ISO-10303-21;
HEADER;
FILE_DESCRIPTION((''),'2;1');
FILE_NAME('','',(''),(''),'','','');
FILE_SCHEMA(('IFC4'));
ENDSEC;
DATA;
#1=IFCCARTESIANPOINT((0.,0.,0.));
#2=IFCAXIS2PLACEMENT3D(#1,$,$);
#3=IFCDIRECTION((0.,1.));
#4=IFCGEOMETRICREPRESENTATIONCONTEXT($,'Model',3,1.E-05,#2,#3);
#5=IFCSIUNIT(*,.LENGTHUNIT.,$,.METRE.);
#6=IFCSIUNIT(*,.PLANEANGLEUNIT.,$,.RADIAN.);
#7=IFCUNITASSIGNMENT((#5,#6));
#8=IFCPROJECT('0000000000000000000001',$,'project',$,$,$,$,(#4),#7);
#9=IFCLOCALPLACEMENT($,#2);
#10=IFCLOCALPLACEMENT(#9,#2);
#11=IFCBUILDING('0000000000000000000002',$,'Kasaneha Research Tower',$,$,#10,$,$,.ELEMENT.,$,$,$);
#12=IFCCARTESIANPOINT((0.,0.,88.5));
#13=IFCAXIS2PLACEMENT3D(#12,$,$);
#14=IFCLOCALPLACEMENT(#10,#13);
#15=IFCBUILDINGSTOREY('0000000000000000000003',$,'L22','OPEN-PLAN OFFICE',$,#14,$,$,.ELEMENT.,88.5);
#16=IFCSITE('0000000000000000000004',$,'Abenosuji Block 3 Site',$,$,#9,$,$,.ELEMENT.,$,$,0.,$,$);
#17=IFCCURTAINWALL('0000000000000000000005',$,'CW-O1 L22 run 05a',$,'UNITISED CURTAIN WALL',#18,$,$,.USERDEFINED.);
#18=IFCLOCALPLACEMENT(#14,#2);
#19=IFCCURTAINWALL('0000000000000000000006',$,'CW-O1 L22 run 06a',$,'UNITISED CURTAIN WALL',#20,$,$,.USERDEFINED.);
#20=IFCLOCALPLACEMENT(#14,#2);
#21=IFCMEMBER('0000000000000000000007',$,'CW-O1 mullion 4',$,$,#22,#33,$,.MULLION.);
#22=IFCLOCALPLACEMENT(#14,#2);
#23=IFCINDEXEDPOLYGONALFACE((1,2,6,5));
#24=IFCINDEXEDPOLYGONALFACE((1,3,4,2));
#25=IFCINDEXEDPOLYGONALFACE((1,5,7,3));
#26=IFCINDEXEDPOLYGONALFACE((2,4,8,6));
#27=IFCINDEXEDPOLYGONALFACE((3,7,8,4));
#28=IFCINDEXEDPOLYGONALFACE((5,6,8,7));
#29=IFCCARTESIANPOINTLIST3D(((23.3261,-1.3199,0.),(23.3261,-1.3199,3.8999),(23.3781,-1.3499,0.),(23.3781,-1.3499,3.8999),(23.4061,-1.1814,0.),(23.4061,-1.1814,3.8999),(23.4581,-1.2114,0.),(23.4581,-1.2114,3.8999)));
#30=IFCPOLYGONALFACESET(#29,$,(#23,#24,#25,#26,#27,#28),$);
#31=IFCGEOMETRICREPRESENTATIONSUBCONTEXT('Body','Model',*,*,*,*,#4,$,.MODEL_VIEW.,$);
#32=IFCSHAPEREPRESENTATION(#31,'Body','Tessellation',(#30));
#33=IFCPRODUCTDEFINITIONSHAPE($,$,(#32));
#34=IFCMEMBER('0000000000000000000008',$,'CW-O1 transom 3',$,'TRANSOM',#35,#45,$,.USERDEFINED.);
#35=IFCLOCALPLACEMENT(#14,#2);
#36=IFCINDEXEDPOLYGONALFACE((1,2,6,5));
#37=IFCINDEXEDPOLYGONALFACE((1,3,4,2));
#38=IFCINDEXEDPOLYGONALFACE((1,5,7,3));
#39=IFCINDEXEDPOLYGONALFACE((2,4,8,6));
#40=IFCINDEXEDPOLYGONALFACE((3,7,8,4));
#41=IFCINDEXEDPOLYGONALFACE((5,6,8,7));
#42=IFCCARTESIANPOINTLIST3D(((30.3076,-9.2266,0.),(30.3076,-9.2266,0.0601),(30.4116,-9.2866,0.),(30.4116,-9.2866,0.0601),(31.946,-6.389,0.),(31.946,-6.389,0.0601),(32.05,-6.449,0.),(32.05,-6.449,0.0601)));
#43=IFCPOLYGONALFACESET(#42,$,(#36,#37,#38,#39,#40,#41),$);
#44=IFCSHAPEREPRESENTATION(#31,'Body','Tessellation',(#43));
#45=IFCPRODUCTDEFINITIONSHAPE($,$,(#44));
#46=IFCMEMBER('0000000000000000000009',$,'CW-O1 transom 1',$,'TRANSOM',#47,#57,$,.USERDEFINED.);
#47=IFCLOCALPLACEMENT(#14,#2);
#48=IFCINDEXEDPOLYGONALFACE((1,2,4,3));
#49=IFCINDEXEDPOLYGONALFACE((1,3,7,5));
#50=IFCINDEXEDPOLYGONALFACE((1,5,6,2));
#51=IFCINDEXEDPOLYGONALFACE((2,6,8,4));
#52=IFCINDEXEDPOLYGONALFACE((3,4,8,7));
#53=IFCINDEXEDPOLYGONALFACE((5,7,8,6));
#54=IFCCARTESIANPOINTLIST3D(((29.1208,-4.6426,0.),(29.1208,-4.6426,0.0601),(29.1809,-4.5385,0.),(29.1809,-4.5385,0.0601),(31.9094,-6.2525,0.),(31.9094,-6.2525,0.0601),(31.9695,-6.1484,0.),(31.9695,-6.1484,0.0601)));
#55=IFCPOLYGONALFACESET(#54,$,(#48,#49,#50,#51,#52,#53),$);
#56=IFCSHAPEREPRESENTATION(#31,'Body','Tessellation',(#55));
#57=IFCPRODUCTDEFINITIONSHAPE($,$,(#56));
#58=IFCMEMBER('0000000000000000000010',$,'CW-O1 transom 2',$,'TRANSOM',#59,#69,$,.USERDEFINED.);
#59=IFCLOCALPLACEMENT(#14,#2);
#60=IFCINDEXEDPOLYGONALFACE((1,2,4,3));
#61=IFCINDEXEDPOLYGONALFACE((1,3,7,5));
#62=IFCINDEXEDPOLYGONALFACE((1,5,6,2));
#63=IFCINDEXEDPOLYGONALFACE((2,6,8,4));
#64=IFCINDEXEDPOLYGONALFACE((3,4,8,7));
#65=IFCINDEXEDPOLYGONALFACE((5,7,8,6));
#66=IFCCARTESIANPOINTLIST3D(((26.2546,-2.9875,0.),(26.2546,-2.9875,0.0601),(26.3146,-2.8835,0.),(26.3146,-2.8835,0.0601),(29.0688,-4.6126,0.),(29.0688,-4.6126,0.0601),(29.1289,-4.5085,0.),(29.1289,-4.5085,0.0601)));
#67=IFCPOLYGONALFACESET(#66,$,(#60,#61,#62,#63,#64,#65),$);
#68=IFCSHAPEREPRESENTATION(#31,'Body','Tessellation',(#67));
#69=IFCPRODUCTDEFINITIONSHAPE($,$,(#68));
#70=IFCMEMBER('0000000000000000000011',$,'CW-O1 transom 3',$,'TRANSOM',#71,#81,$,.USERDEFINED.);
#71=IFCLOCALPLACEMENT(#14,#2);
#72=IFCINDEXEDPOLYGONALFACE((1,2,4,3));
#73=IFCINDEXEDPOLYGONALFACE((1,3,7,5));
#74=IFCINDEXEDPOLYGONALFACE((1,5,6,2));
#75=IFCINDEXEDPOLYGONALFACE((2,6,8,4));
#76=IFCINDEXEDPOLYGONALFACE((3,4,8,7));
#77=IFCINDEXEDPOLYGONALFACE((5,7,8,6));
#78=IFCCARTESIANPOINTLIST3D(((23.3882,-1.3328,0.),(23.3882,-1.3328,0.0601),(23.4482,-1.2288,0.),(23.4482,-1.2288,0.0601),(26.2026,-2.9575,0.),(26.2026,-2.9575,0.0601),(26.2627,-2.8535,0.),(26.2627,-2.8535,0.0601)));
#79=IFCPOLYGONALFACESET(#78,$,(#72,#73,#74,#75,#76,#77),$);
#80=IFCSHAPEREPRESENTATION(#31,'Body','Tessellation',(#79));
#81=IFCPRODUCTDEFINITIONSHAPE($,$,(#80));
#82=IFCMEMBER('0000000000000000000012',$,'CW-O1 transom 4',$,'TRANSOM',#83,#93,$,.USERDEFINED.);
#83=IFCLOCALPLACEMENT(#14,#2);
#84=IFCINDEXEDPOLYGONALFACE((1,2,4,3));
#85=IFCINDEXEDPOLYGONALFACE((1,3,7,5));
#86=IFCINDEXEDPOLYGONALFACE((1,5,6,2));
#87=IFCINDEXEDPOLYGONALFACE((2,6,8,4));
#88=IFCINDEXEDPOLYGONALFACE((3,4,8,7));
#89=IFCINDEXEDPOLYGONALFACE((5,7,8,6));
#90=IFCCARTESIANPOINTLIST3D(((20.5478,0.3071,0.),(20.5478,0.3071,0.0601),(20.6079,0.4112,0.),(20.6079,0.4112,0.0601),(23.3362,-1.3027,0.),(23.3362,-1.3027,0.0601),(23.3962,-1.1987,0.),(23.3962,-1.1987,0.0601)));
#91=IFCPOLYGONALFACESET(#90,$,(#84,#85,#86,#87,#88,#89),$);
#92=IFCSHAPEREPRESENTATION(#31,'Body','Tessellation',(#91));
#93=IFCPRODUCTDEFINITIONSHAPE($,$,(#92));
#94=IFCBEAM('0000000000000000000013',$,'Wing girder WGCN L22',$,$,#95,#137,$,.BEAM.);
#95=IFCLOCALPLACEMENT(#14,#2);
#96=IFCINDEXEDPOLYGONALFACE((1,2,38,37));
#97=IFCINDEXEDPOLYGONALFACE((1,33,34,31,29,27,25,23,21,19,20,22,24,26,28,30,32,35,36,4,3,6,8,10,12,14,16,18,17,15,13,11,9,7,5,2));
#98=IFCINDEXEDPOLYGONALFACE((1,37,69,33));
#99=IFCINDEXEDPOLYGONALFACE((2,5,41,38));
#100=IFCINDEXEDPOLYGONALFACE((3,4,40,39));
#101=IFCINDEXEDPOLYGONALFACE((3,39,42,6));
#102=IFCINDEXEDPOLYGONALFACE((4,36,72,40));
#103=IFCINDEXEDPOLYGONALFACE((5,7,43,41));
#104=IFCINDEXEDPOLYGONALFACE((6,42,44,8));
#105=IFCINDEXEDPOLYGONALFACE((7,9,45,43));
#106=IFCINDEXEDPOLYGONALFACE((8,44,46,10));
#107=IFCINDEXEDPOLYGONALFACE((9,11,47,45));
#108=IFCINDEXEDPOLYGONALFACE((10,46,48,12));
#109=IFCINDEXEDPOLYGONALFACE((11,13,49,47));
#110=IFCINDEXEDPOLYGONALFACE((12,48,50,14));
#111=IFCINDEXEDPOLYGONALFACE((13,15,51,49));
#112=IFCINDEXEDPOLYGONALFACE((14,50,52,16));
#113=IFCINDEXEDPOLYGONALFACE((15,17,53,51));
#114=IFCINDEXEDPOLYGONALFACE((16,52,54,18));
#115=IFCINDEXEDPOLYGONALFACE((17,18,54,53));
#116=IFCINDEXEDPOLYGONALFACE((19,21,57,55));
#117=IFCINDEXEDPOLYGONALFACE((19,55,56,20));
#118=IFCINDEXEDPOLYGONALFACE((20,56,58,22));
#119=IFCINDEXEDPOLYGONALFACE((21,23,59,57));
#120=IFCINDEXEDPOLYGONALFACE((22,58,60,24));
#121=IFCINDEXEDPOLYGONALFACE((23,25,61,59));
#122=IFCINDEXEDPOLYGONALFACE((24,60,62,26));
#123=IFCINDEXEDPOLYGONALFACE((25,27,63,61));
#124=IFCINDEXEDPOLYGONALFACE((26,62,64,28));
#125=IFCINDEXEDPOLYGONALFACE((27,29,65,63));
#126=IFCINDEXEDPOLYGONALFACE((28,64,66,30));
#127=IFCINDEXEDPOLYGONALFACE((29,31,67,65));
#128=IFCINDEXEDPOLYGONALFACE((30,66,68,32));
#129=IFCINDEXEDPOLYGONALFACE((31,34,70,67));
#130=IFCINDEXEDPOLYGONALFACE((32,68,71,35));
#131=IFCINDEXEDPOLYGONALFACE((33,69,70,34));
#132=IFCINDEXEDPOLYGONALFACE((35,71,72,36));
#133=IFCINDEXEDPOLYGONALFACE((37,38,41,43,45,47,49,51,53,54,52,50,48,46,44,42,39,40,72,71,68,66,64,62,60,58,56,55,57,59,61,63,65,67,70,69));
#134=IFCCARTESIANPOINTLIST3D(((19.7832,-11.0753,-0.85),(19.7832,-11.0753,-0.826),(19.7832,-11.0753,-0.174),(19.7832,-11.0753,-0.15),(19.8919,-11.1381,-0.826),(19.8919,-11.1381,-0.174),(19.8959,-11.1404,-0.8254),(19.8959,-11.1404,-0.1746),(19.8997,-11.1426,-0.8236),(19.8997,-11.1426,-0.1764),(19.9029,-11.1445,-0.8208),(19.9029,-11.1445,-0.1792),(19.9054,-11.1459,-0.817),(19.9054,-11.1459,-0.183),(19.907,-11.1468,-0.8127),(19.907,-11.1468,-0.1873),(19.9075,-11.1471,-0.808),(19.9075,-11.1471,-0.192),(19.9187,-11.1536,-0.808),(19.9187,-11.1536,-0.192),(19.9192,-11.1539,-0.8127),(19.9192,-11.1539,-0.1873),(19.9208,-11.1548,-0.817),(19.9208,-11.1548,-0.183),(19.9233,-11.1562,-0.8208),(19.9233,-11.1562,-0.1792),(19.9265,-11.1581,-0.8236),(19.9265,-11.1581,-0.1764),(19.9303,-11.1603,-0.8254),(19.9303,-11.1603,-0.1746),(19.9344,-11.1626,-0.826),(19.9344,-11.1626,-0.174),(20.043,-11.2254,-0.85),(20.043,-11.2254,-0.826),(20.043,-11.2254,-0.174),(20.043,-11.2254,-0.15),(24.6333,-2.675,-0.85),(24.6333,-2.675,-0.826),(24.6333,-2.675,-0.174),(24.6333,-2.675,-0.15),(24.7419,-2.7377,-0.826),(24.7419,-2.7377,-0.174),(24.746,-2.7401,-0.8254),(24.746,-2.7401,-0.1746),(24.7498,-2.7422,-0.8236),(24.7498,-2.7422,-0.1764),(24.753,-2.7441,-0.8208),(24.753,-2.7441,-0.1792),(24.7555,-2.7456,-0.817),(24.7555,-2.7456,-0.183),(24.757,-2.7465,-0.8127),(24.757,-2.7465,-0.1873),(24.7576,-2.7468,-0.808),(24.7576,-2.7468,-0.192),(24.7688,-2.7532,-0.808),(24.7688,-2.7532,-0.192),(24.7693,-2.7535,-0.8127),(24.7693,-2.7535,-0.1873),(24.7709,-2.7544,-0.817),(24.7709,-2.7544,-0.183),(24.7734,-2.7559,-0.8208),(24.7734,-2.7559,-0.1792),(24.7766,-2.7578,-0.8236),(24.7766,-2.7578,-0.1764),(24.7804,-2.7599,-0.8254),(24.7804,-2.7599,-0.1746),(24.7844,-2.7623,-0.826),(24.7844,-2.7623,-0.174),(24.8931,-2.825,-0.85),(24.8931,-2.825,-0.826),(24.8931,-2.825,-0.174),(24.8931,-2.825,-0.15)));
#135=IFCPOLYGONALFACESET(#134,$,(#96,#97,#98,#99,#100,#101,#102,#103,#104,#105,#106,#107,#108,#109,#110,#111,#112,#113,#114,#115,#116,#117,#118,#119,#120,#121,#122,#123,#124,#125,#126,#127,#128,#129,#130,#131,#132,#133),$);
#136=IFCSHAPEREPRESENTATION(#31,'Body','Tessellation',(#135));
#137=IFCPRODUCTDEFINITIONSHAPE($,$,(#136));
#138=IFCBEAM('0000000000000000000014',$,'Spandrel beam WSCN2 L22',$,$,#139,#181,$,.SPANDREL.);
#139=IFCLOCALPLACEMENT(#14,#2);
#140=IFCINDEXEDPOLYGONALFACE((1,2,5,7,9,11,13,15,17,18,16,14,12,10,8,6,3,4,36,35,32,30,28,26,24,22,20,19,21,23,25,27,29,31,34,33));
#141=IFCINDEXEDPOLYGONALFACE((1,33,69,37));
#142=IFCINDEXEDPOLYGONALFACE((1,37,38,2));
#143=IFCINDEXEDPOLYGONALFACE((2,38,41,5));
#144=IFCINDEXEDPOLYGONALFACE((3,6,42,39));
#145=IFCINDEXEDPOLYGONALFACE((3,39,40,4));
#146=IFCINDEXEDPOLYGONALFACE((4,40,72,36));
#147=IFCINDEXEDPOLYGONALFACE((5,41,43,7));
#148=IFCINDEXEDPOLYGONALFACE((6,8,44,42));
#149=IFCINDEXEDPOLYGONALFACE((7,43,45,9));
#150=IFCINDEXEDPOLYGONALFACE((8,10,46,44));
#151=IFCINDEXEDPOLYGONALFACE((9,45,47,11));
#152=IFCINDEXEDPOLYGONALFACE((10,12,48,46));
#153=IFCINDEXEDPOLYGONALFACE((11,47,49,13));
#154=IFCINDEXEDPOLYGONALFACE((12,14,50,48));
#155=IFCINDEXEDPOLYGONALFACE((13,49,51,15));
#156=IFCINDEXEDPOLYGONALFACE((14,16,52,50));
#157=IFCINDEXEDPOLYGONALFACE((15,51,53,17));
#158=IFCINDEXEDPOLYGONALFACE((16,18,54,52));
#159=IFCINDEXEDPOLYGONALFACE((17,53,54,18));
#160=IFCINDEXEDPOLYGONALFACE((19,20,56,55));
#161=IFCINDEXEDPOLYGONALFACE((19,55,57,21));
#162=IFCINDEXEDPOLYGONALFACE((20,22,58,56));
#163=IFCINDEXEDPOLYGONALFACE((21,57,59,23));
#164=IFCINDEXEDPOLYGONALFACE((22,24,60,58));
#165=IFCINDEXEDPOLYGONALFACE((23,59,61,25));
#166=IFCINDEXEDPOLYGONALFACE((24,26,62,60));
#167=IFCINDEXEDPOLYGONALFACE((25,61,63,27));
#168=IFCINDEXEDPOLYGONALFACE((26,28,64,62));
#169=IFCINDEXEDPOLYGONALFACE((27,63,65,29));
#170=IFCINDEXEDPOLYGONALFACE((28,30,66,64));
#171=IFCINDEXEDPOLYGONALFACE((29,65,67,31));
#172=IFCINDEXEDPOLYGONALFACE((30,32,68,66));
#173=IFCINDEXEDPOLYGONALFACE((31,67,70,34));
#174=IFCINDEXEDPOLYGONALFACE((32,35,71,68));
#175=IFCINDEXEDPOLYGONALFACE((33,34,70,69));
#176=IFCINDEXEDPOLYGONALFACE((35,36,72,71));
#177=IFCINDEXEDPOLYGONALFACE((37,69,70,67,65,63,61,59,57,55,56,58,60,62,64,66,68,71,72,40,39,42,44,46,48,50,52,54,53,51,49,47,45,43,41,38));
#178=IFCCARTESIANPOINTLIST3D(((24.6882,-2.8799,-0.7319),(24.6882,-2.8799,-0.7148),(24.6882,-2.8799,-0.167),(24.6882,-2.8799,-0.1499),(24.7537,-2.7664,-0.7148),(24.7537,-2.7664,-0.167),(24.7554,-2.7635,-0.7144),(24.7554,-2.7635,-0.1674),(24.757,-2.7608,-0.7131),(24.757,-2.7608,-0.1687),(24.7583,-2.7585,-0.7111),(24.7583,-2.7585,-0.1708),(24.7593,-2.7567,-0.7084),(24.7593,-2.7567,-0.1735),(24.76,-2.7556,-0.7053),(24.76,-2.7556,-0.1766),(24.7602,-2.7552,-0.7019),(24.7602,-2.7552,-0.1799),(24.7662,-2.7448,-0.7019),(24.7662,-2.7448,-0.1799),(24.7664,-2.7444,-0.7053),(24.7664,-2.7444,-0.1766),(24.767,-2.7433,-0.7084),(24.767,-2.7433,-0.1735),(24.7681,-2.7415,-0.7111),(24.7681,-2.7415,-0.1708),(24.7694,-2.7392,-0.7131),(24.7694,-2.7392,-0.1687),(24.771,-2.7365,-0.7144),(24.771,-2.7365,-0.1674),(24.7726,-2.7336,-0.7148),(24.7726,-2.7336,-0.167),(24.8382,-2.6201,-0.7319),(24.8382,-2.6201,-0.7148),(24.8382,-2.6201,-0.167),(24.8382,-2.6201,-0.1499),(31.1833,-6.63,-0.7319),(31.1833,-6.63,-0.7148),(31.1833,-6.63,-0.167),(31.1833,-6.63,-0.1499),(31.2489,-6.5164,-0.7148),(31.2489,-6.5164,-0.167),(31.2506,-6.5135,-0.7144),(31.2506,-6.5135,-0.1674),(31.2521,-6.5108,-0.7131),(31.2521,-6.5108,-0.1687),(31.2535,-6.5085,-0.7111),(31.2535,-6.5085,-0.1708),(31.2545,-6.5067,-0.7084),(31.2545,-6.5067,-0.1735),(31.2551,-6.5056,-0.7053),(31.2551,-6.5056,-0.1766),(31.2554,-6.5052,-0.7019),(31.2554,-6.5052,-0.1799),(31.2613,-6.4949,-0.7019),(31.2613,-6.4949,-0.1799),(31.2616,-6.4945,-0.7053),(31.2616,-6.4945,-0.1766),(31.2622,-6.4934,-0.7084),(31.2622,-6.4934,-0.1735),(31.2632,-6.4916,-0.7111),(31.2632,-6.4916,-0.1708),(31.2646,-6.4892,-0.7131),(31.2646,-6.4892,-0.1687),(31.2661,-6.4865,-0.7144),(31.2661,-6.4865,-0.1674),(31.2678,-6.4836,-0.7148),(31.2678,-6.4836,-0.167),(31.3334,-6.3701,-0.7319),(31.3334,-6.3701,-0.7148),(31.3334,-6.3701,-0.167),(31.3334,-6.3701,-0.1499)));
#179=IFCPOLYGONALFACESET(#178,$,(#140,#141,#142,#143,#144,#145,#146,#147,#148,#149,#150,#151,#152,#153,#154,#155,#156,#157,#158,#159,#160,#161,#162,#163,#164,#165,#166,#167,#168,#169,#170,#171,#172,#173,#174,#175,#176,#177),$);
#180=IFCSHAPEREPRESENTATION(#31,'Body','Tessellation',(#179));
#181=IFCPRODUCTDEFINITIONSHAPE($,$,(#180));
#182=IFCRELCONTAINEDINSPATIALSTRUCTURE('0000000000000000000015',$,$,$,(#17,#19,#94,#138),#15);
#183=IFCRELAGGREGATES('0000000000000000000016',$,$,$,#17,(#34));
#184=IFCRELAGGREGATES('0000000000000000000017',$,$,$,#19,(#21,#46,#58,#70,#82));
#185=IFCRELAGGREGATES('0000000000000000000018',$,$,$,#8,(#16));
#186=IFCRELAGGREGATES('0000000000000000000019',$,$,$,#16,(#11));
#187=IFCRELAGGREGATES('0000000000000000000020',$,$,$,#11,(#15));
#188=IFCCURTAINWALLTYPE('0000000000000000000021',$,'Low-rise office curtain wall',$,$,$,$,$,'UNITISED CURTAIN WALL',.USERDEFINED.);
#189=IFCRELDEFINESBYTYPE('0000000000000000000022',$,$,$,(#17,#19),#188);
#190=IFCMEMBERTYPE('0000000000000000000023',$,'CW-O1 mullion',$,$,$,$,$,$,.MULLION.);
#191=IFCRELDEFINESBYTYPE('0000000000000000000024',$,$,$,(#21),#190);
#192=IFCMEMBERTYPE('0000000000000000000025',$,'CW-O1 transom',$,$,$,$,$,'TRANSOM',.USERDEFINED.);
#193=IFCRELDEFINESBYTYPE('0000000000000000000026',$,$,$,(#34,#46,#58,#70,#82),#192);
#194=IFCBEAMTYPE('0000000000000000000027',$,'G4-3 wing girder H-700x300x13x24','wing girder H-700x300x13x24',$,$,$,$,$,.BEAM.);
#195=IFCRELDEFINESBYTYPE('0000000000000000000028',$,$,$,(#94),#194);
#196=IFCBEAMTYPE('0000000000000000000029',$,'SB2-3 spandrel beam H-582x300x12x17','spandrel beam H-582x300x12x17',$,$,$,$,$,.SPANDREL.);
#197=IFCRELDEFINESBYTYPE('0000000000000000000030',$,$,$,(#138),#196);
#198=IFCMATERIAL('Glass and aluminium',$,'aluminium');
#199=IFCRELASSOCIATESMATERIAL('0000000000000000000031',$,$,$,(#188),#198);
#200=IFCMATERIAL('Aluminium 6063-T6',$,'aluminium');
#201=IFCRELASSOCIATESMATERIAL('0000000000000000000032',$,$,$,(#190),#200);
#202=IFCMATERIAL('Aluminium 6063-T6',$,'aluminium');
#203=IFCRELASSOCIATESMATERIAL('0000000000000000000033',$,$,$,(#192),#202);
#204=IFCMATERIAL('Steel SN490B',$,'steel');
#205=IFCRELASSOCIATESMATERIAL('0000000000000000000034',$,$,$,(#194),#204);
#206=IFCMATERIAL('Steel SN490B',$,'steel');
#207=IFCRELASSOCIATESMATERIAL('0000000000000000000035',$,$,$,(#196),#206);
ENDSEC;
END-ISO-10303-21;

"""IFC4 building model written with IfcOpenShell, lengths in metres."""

from ifc_helpers import new_model, si_unit, direction, frame, origin, origin_2d, place, context, subcontext, project, spatial, rectangle, i_section, extrude, material, material_profile, profile_set, type_object, element, aggregate, save


model = new_model("IFC4")

# Units and contexts
model_context = context("Model", 3, precision=1e-05, world=origin(), true_north=direction((0.0, 1.0)))
body_context = subcontext(model_context, "Body", "Model", "MODEL_VIEW")
ifc_project = project(units=[si_unit("LENGTHUNIT", "METRE"), si_unit("PLANEANGLEUNIT", "RADIAN")], contexts=[model_context])

# Site, building, storey
site_placement = place(None, origin())
site = spatial("IfcSite", under=ifc_project, at=site_placement, Name="Abenosuji Block 3 Site", CompositionType="ELEMENT", RefElevation=0.0)
building_placement = place(site_placement, origin())
building = spatial("IfcBuilding", under=site, at=building_placement, Name="Kasaneha Research Tower", CompositionType="ELEMENT")
storey_placement = place(building_placement, frame((0.0, 0.0, 88.5)))
storey = spatial("IfcBuildingStorey", under=building, at=storey_placement, Name="L22", Description="OPEN-PLAN OFFICE", CompositionType="ELEMENT", Elevation=88.5)

# Curtain walls, member
ifc_material_1 = material(Name="Glass and aluminium", Category="aluminium")
curtain_wall_type = type_object("IfcCurtainWallType", Name="Low-rise office curtain wall", ElementType="UNITISED CURTAIN WALL", PredefinedType="USERDEFINED", material=ifc_material_1)
curtain_wall_1_placement = place(storey_placement, origin())
curtain_wall_1 = element("IfcCurtainWall", 1, at=curtain_wall_1_placement, inside=storey, type_object=curtain_wall_type, Name="CW-O1 L22 run 05a", ObjectType="UNITISED CURTAIN WALL", PredefinedType="USERDEFINED")
ifc_material_2 = material(Name="Aluminium 6063-T6", Category="aluminium")
ifc_material_profile_1 = material_profile(ifc_material_2, rectangle(XDim=0.0601, YDim=0.1599, at=origin_2d()), Name="CW-O1 mullion 60x160")
ifc_profile_set_1 = profile_set([ifc_material_profile_1], Name="Aluminium 6063-T6")
member_type_1 = type_object("IfcMemberType", Name="CW-O1 mullion", PredefinedType="MULLION", material=ifc_profile_set_1)
curtain_wall_2_placement = place(storey_placement, origin())
curtain_wall_2 = element("IfcCurtainWall", 2, at=curtain_wall_2_placement, inside=storey, type_object=curtain_wall_type, Name="CW-O1 L22 run 06a", ObjectType="UNITISED CURTAIN WALL", PredefinedType="USERDEFINED")
member_1_placement = place(storey_placement, frame((23.3921, -1.2656, 0.0), z_axis=(0.0, 0.0, 1.0), x_axis=(-0.866025, 0.5, 0.0)))
member_1 = element("IfcMember", 3, at=member_1_placement, type_object=member_type_1, Name="CW-O1 mullion 4", PredefinedType="MULLION", context=body_context, shape_type="SweptSolid", body=[
    extrude(rectangle(XDim=0.0601, YDim=0.1599, at=origin_2d()), origin(), (0.0, 0.0, 1.0), 3.8999),
])

# Members
ifc_material_3 = material(Name="Aluminium 6063-T6", Category="aluminium")
ifc_material_profile_2 = material_profile(ifc_material_3, rectangle(XDim=0.1201, YDim=0.0601, at=origin_2d()), Name="CW-O1 transom 120x60")
ifc_profile_set_2 = profile_set([ifc_material_profile_2], Name="Aluminium 6063-T6")
member_type_2 = type_object("IfcMemberType", Name="CW-O1 transom", ElementType="TRANSOM", PredefinedType="USERDEFINED", material=ifc_profile_set_2)
member_2_placement = place(storey_placement, frame((30.3596, -9.2566, 0.03), z_axis=(0.500026, 0.866011, 0.0), x_axis=(-0.866011, 0.500026, 0.0)))
member_2 = element("IfcMember", 4, at=member_2_placement, type_object=member_type_2, Name="CW-O1 transom 3", ObjectType="TRANSOM", PredefinedType="USERDEFINED", context=body_context, shape_type="SweptSolid", body=[
    extrude(rectangle(XDim=0.1201, YDim=0.0601, at=origin_2d()), origin(), (0.0, 0.0, 1.0), 3.2766),
])
member_3_placement = place(storey_placement, frame((31.9395, -6.2004, 0.03), z_axis=(-0.866042, 0.499972, 0.0), x_axis=(-0.499972, -0.866042, 0.0)))
member_3 = element("IfcMember", 5, at=member_3_placement, type_object=member_type_2, Name="CW-O1 transom 1", ObjectType="TRANSOM", PredefinedType="USERDEFINED", context=body_context, shape_type="SweptSolid", body=[
    extrude(rectangle(XDim=0.1201, YDim=0.0601, at=origin_2d()), origin(), (0.0, 0.0, 1.0), 3.22),
])
member_4_placement = place(storey_placement, frame((29.0989, -4.5605, 0.03), z_axis=(-0.865997, 0.50005, 0.0), x_axis=(-0.50005, -0.865997, 0.0)))
member_4 = element("IfcMember", 6, at=member_4_placement, type_object=member_type_2, Name="CW-O1 transom 2", ObjectType="TRANSOM", PredefinedType="USERDEFINED", context=body_context, shape_type="SweptSolid", body=[
    extrude(rectangle(XDim=0.1201, YDim=0.0601, at=origin_2d()), origin(), (0.0, 0.0, 1.0), 3.2498),
])
member_5_placement = place(storey_placement, frame((26.2327, -2.9055, 0.03), z_axis=(-0.866048, 0.499961, 0.0), x_axis=(-0.499961, -0.866048, 0.0)))
member_5 = element("IfcMember", 7, at=member_5_placement, type_object=member_type_2, Name="CW-O1 transom 3", ObjectType="TRANSOM", PredefinedType="USERDEFINED", context=body_context, shape_type="SweptSolid", body=[
    extrude(rectangle(XDim=0.1201, YDim=0.0601, at=origin_2d()), origin(), (0.0, 0.0, 1.0), 3.2498),
])
member_6_placement = place(storey_placement, frame((23.3662, -1.2507, 0.03), z_axis=(-0.866023, 0.500005, 0.0), x_axis=(-0.500005, -0.866023, 0.0)))
member_6 = element("IfcMember", 8, at=member_6_placement, type_object=member_type_2, Name="CW-O1 transom 4", ObjectType="TRANSOM", PredefinedType="USERDEFINED", context=body_context, shape_type="SweptSolid", body=[
    extrude(rectangle(XDim=0.1201, YDim=0.0601, at=origin_2d()), origin(), (0.0, 0.0, 1.0), 3.2197),
])

# Beams
ifc_material_4 = material(Name="Steel SN490B", Category="steel")
ifc_material_profile_3 = material_profile(ifc_material_4, i_section(OverallWidth=0.3, OverallDepth=0.7, WebThickness=0.0129, FlangeThickness=0.0239, FilletRadius=0.0181, at=origin_2d()), Name="H-700x300x13x24")
ifc_profile_set_3 = profile_set([ifc_material_profile_3], Name="Steel SN490B")
beam_type_1 = type_object("IfcBeamType", Name="G4-3 wing girder H-700x300x13x24", Description="wing girder H-700x300x13x24", PredefinedType="BEAM", material=ifc_profile_set_3)
beam_1_placement = place(storey_placement, frame((24.7632, -2.75, -0.5), z_axis=(-0.50001, -0.86602, 0.0), x_axis=(0.86602, -0.50001, 0.0)))
element("IfcBeam", 9, at=beam_1_placement, inside=storey, type_object=beam_type_1, Name="Wing girder WGCN L22", PredefinedType="BEAM", context=body_context, shape_type="SweptSolid", body=[
    extrude(i_section(OverallWidth=0.3, OverallDepth=0.7, WebThickness=0.0129, FlangeThickness=0.0239, FilletRadius=0.0181, at=origin_2d()), origin(), (0.0, 0.0, 1.0), 9.7),
])
ifc_material_5 = material(Name="Steel SN490B", Category="steel")
ifc_material_profile_4 = material_profile(ifc_material_5, i_section(OverallWidth=0.3, OverallDepth=0.582, WebThickness=0.012, FlangeThickness=0.0171, FilletRadius=0.0129, at=origin_2d()), Name="H-582x300x12x17")
ifc_profile_set_4 = profile_set([ifc_material_profile_4], Name="Steel SN490B")
beam_type_2 = type_object("IfcBeamType", Name="SB2-3 spandrel beam H-582x300x12x17", Description="spandrel beam H-582x300x12x17", PredefinedType="SPANDREL", material=ifc_profile_set_4)
beam_2_placement = place(storey_placement, frame((24.7632, -2.75, -0.4409), z_axis=(0.866023, -0.500004, 0.0), x_axis=(0.500004, 0.866023, 0.0)))
element("IfcBeam", 10, at=beam_2_placement, inside=storey, type_object=beam_type_2, Name="Spandrel beam WSCN2 L22", PredefinedType="SPANDREL", context=body_context, shape_type="SweptSolid", body=[
    extrude(i_section(OverallWidth=0.3, OverallDepth=0.582, WebThickness=0.012, FlangeThickness=0.0171, FilletRadius=0.0129, at=origin_2d()), origin(), (0.0, 0.0, 1.0), 7.5),
])

aggregate(curtain_wall_1, [member_2])
aggregate(curtain_wall_2, [member_1, member_3, member_4, member_5, member_6])

save(model, "model.ifc")
